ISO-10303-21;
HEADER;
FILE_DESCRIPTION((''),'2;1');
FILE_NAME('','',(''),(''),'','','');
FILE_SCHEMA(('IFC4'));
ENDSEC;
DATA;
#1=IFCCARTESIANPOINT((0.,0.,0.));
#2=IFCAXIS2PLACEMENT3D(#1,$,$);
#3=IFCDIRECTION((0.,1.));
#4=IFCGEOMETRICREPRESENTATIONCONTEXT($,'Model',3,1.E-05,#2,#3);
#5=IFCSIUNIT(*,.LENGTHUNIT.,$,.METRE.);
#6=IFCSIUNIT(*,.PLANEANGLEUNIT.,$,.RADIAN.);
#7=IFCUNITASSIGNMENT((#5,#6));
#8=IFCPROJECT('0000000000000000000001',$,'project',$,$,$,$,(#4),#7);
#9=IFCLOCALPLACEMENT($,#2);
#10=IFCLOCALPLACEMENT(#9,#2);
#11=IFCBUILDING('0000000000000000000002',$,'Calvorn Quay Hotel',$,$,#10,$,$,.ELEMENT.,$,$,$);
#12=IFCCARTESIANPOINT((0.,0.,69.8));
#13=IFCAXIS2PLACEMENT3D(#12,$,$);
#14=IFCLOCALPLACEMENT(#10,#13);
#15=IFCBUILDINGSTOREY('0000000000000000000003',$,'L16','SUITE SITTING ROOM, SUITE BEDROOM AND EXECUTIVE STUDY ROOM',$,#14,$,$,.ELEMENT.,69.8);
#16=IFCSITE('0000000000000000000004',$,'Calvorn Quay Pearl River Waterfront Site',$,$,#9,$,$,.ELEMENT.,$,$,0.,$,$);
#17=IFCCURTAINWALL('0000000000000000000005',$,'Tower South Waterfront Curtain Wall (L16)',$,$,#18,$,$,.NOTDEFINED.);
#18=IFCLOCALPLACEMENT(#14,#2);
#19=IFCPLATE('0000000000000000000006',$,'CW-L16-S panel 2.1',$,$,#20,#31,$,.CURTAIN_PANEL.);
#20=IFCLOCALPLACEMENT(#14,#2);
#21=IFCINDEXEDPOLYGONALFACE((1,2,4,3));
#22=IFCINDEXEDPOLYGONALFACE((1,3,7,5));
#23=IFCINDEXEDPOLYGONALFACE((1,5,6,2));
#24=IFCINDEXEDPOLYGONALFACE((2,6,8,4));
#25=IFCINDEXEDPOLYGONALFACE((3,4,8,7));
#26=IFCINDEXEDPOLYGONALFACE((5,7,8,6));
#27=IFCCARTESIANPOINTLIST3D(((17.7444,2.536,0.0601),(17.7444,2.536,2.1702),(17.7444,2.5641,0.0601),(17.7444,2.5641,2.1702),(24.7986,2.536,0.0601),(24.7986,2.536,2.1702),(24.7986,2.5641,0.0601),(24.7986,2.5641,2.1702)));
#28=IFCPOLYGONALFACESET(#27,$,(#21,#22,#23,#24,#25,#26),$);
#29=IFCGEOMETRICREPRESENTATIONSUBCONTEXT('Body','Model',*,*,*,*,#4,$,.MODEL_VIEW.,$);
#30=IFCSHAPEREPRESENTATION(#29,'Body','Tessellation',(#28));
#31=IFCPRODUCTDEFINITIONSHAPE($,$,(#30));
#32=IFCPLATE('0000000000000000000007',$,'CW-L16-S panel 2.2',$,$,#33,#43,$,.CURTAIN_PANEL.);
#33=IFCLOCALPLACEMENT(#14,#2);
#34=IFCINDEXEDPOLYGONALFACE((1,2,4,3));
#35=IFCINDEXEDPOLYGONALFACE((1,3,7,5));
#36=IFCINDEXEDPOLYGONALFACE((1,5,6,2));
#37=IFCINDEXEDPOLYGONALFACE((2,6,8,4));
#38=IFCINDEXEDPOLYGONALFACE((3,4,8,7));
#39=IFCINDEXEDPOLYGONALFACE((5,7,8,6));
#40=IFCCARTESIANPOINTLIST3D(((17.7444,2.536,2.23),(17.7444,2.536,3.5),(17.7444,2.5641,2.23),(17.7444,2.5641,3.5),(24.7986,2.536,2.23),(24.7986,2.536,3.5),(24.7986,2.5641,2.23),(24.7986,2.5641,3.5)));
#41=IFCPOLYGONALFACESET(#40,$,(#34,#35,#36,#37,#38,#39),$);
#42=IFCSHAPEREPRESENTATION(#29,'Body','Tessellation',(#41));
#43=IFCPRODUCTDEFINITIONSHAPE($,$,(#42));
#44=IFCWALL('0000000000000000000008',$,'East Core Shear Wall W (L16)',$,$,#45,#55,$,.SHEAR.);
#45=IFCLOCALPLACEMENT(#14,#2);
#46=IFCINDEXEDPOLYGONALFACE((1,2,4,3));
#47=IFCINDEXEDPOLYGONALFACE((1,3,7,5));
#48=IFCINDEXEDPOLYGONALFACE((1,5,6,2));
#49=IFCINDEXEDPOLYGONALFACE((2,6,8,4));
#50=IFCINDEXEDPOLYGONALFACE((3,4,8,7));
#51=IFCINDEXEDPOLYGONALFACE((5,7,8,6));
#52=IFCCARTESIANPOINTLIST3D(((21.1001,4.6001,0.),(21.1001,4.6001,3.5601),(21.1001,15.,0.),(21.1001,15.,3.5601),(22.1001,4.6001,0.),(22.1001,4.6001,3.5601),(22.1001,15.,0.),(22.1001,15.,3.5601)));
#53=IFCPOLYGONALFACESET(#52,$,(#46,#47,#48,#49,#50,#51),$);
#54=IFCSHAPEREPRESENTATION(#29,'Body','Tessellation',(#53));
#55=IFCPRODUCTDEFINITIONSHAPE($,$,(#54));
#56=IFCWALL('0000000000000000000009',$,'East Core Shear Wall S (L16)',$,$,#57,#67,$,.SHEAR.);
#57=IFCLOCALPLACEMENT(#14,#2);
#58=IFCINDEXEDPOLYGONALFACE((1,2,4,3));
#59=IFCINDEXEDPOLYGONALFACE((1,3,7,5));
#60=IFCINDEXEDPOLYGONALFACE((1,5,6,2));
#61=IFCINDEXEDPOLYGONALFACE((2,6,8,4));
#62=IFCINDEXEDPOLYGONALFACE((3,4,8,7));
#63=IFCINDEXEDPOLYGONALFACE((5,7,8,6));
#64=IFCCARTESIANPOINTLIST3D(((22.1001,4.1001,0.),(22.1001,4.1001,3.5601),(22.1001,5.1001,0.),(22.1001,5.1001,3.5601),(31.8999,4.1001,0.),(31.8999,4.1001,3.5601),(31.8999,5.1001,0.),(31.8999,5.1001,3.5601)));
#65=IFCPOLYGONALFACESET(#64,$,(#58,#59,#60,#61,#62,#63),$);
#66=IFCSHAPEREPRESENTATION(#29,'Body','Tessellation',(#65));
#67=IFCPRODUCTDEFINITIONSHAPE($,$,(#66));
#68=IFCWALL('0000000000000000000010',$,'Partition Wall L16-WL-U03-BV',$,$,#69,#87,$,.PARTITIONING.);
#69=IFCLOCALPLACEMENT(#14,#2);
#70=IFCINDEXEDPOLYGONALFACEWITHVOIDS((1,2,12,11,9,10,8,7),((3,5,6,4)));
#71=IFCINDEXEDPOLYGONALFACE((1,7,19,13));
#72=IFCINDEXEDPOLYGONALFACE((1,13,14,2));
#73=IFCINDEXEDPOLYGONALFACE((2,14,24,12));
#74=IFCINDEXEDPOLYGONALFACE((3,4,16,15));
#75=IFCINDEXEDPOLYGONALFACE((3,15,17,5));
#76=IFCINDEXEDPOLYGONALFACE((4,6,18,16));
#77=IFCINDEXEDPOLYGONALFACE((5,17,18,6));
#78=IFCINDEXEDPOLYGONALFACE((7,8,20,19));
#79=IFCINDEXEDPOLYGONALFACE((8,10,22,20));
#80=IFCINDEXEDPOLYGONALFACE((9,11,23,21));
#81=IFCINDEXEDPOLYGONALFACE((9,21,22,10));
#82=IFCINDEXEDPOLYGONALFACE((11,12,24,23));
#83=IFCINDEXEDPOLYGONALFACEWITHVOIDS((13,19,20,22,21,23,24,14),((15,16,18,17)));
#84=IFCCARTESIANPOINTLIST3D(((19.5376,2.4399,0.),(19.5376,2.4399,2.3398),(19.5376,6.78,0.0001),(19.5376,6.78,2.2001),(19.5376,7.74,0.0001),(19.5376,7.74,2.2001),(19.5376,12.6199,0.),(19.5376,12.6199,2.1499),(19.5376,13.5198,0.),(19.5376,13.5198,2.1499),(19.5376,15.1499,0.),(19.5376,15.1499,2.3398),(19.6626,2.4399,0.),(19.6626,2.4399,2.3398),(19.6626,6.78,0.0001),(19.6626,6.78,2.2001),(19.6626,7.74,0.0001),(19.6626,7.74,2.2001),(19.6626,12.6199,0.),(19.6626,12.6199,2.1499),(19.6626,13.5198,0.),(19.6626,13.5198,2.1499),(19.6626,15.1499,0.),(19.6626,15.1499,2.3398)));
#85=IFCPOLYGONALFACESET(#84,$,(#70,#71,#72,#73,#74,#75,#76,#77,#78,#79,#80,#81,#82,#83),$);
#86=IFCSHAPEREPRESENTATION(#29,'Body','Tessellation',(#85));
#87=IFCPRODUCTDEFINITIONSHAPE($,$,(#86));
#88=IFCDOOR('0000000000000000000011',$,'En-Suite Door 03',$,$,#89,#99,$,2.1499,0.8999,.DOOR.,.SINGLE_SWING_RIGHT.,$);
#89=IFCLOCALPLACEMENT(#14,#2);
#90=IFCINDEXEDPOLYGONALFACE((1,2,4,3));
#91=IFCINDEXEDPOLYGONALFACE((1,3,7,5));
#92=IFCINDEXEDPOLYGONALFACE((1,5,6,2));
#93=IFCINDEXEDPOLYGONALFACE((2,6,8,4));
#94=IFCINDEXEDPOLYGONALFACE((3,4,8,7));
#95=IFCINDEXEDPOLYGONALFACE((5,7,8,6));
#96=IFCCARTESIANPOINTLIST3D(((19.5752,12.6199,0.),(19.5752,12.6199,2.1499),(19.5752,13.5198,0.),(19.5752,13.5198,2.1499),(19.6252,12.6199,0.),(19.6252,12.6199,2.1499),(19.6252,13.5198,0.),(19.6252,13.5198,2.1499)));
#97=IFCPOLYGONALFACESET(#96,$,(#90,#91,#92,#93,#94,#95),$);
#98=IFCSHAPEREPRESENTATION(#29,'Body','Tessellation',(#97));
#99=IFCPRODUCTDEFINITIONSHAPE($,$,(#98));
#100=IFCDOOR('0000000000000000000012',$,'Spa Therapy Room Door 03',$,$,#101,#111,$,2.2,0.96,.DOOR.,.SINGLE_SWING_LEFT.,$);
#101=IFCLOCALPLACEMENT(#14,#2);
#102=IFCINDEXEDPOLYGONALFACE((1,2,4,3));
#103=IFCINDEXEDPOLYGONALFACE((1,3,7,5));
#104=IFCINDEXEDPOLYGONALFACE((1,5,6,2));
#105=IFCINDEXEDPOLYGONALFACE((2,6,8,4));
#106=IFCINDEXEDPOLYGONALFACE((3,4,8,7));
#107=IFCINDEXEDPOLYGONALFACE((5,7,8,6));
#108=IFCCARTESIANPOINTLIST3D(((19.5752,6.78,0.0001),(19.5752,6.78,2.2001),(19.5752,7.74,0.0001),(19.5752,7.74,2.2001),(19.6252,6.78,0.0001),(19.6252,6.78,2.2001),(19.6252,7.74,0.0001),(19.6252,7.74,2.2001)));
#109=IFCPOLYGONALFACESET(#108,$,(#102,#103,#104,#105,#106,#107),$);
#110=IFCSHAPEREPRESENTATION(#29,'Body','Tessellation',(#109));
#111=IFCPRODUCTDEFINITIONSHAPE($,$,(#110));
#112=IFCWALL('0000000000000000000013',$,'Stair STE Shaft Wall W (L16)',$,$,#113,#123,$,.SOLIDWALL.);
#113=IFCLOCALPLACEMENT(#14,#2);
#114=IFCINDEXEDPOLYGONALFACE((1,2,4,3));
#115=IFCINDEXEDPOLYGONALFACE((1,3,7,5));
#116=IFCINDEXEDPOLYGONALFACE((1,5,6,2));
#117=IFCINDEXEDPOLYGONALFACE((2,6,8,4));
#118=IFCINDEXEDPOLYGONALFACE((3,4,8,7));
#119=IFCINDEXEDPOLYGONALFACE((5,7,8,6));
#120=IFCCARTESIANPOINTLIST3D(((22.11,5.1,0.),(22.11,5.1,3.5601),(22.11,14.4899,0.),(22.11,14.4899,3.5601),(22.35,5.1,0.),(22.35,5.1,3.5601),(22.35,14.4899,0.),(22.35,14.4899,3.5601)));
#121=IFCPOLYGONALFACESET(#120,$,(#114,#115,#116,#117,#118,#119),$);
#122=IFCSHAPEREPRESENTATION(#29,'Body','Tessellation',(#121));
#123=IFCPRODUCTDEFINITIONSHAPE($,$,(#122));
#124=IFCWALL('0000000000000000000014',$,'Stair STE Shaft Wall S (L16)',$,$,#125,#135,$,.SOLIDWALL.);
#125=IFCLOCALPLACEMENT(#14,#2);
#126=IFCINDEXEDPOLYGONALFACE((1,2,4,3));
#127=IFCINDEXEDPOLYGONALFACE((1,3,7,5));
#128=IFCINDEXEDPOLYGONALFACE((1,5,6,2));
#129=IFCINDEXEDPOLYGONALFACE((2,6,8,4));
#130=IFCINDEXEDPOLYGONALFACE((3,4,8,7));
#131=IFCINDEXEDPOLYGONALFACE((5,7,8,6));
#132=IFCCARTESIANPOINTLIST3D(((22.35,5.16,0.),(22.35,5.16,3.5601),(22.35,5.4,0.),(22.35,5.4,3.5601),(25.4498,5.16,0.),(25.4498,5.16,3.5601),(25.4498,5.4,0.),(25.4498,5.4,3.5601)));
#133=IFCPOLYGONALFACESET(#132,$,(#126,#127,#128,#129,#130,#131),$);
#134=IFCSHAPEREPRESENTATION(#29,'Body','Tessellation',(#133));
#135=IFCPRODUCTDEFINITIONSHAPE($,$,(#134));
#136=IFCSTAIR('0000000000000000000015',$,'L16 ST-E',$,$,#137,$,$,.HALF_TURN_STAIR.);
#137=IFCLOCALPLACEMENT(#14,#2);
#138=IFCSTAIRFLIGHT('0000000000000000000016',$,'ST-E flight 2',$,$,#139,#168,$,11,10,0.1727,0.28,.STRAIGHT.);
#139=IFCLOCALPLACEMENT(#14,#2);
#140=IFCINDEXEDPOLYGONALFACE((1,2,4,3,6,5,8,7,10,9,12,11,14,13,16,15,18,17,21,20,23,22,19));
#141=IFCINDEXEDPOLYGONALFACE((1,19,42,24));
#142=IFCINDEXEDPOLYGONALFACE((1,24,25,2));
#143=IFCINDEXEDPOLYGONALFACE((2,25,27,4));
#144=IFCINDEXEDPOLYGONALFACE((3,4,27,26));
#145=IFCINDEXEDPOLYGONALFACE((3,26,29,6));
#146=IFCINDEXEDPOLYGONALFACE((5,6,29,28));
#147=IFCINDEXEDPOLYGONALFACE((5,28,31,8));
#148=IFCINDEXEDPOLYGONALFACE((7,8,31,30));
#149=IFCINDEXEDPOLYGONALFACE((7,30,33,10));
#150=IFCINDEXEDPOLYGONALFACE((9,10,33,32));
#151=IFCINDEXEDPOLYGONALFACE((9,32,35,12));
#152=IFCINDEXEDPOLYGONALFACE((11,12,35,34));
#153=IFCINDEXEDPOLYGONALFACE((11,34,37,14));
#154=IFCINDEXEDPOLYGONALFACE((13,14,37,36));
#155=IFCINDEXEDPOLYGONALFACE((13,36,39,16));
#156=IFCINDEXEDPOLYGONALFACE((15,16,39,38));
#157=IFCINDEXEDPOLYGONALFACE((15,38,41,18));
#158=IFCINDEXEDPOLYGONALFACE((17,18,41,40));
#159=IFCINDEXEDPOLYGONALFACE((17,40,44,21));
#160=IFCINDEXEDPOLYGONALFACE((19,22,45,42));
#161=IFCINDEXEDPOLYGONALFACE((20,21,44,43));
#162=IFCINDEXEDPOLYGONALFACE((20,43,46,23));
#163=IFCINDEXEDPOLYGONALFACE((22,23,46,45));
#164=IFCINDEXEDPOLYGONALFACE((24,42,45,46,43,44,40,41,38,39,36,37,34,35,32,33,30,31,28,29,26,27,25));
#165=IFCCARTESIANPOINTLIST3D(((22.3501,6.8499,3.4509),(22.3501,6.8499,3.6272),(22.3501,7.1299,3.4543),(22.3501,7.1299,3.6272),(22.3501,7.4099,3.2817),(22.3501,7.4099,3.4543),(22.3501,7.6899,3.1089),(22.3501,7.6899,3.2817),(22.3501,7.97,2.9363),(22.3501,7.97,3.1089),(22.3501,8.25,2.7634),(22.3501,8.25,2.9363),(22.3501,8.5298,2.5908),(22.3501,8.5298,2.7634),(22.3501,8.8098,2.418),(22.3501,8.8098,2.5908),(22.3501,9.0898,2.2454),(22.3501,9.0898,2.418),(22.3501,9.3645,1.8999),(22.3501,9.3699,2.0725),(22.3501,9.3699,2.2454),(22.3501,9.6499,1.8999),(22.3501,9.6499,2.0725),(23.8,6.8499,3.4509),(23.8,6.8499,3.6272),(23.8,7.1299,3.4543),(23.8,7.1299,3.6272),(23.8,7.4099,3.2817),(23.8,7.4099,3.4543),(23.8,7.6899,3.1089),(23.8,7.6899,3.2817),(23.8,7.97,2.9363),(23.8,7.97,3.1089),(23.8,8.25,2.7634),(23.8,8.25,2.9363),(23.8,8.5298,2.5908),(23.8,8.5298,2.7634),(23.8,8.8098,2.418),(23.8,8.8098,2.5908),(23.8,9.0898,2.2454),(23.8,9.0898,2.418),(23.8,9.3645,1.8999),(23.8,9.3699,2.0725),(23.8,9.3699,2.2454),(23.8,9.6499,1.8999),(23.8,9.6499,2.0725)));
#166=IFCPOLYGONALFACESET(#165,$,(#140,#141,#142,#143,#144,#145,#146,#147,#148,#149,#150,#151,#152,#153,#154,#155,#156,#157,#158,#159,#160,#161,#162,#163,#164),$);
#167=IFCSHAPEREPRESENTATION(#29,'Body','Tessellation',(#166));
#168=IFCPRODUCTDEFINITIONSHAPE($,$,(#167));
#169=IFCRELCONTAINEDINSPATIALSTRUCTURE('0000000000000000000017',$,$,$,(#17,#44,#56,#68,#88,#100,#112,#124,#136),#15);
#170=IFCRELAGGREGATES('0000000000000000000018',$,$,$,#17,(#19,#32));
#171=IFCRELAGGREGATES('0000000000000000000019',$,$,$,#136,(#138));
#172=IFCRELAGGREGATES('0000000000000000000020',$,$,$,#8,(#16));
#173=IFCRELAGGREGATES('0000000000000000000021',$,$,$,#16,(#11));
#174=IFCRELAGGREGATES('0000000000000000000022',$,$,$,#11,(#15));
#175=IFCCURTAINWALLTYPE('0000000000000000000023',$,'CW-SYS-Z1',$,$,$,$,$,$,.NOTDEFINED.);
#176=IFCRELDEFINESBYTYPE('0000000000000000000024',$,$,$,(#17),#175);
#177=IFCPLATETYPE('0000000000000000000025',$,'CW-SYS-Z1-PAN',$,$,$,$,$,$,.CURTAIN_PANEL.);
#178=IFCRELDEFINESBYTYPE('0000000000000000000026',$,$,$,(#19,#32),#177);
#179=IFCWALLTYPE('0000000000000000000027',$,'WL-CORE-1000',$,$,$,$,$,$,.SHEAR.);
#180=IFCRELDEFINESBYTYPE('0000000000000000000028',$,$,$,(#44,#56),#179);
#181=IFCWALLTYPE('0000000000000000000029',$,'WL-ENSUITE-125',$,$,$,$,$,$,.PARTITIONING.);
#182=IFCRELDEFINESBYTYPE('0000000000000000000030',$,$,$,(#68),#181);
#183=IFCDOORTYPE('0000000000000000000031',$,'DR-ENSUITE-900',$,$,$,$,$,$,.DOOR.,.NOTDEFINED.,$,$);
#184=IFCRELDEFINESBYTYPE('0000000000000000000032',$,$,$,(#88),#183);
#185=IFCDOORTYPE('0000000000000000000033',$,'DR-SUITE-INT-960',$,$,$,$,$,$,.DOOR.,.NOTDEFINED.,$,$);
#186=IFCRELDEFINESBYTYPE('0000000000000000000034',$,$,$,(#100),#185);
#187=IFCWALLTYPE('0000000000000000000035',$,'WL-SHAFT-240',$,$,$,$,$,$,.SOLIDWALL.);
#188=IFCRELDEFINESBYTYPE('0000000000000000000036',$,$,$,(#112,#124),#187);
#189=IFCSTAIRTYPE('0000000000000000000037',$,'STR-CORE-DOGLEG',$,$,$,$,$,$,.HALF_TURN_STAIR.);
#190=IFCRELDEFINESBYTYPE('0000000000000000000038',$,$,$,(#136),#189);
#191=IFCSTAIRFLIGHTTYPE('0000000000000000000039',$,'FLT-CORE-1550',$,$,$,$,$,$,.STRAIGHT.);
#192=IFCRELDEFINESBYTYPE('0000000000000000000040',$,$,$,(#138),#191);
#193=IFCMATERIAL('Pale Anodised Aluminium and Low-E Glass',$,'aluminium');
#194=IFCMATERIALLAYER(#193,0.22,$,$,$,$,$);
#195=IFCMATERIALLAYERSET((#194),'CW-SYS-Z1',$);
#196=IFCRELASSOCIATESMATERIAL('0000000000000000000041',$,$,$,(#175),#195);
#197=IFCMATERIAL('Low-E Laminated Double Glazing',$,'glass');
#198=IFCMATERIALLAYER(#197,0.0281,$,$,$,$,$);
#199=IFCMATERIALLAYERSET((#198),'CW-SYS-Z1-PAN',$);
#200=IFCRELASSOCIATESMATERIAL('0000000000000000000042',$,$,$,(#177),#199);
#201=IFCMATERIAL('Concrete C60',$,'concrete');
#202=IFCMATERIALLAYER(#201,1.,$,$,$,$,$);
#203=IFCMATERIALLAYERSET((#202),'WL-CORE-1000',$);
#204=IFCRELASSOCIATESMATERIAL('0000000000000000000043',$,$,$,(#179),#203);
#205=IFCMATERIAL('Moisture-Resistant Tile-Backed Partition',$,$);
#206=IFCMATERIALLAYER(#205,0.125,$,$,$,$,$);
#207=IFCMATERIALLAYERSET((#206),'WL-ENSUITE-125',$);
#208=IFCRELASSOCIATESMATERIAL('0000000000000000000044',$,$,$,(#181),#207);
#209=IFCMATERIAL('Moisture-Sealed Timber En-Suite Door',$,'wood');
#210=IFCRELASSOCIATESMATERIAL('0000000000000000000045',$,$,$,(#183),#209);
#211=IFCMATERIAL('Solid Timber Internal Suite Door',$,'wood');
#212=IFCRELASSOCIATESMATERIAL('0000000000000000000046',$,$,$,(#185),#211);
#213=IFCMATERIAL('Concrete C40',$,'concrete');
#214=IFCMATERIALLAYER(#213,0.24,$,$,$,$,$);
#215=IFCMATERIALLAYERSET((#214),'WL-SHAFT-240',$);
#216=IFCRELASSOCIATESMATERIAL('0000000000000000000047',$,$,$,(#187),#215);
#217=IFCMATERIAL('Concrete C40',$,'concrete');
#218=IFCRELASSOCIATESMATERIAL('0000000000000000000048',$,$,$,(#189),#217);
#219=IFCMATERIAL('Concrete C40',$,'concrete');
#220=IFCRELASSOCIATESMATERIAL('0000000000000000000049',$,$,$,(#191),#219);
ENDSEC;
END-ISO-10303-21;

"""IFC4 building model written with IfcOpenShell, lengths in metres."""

from ifc_helpers import new_model, si_unit, direction, frame, frame_2d, origin, origin_2d, place, context, subcontext, project, spatial, polyline, rectangle, outline, extrude, material, layer, layer_set, type_object, element, fill, aggregate, save


model = new_model("IFC4")

# Units and contexts
model_context = context("Model", 3, precision=1e-05, world=origin(), true_north=direction((0.0, 1.0)))
body_context = subcontext(model_context, "Body", "Model", "MODEL_VIEW")
ifc_project = project(units=[si_unit("LENGTHUNIT", "METRE"), si_unit("PLANEANGLEUNIT", "RADIAN")], contexts=[model_context])

# Site, building, storey
site_placement = place(None, origin())
site = spatial("IfcSite", under=ifc_project, at=site_placement, Name="Calvorn Quay Pearl River Waterfront Site", CompositionType="ELEMENT", RefElevation=0.0)
building_placement = place(site_placement, origin())
building = spatial("IfcBuilding", under=site, at=building_placement, Name="Calvorn Quay Hotel", CompositionType="ELEMENT")
storey_placement = place(building_placement, frame((0.0, 0.0, 69.8)))
storey = spatial("IfcBuildingStorey", under=building, at=storey_placement, Name="L16", Description="SUITE SITTING ROOM, SUITE BEDROOM AND EXECUTIVE STUDY ROOM", CompositionType="ELEMENT", Elevation=69.8)

# Curtain wall, plates
ifc_material_1 = material(Name="Pale Anodised Aluminium and Low-E Glass", Category="aluminium")
ifc_layer_1 = layer(ifc_material_1, 0.22)
ifc_layer_set_1 = layer_set([ifc_layer_1], Name="CW-SYS-Z1")
curtain_wall_type = type_object("IfcCurtainWallType", Name="CW-SYS-Z1", PredefinedType="NOTDEFINED", material=ifc_layer_set_1)
curtain_wall_placement = place(storey_placement, origin())
curtain_wall = element("IfcCurtainWall", 1, at=curtain_wall_placement, inside=storey, type_object=curtain_wall_type, Name="Tower South Waterfront Curtain Wall (L16)", PredefinedType="NOTDEFINED")
ifc_material_2 = material(Name="Low-E Laminated Double Glazing", Category="glass")
ifc_layer_2 = layer(ifc_material_2, 0.0281)
ifc_layer_set_2 = layer_set([ifc_layer_2], Name="CW-SYS-Z1-PAN")
plate_type = type_object("IfcPlateType", Name="CW-SYS-Z1-PAN", PredefinedType="CURTAIN_PANEL", material=ifc_layer_set_2)
plate_1_placement = place(storey_placement, frame((21.2715, 2.55, 0.0601), z_axis=(0.0, 0.0, 1.0), x_axis=(1.0, 0.0, 0.0)))
plate_1 = element("IfcPlate", 2, at=plate_1_placement, type_object=plate_type, Name="CW-L16-S panel 2.1", PredefinedType="CURTAIN_PANEL", context=body_context, shape_type="SweptSolid", body=[
    extrude(rectangle(XDim=7.0542, YDim=0.0281, at=origin_2d()), origin(), (0.0, 0.0, 1.0), 2.1101),
])
plate_2_placement = place(storey_placement, frame((21.2715, 2.55, 2.23), z_axis=(0.0, 0.0, 1.0), x_axis=(1.0, 0.0, 0.0)))
plate_2 = element("IfcPlate", 3, at=plate_2_placement, type_object=plate_type, Name="CW-L16-S panel 2.2", PredefinedType="CURTAIN_PANEL", context=body_context, shape_type="SweptSolid", body=[
    extrude(rectangle(XDim=7.0542, YDim=0.0281, at=origin_2d()), origin(), (0.0, 0.0, 1.0), 1.27),
])
aggregate(curtain_wall, [plate_1, plate_2])

# Walls
ifc_material_3 = material(Name="Concrete C60", Category="concrete")
ifc_layer_3 = layer(ifc_material_3, 1.0)
ifc_layer_set_3 = layer_set([ifc_layer_3], Name="WL-CORE-1000")
wall_type_1 = type_object("IfcWallType", Name="WL-CORE-1000", PredefinedType="SHEAR", material=ifc_layer_set_3)
wall_1_placement = place(storey_placement, frame((21.6001, 4.6001, 0.0), z_axis=(0.0, 0.0, 1.0), x_axis=(0.0, 1.0, 0.0)))
element("IfcWall", 4, at=wall_1_placement, inside=storey, type_object=wall_type_1, Name="East Core Shear Wall W (L16)", PredefinedType="SHEAR", context=body_context, shape_type="SweptSolid", body=[
    extrude(rectangle(XDim=10.3999, YDim=1.0, at=frame_2d((5.2, 0.0))), origin(), (0.0, 0.0, 1.0), 3.5601),
])
wall_2_placement = place(storey_placement, frame((22.1001, 4.6001, 0.0), z_axis=(0.0, 0.0, 1.0), x_axis=(1.0, 0.0, 0.0)))
element("IfcWall", 5, at=wall_2_placement, inside=storey, type_object=wall_type_1, Name="East Core Shear Wall S (L16)", PredefinedType="SHEAR", context=body_context, shape_type="SweptSolid", body=[
    extrude(rectangle(XDim=9.7998, YDim=1.0, at=frame_2d((4.8999, 0.0))), origin(), (0.0, 0.0, 1.0), 3.5601),
])

# Wall, openings, doors
ifc_material_4 = material(Name="Moisture-Resistant Tile-Backed Partition")
ifc_layer_4 = layer(ifc_material_4, 0.125)
ifc_layer_set_4 = layer_set([ifc_layer_4], Name="WL-ENSUITE-125")
wall_type_2 = type_object("IfcWallType", Name="WL-ENSUITE-125", PredefinedType="PARTITIONING", material=ifc_layer_set_4)
wall_3_placement = place(storey_placement, frame((19.6001, 2.4399, 0.0), z_axis=(0.0, 0.0, 1.0), x_axis=(0.0, 1.0, 0.0)))
wall_3 = element("IfcWall", 6, at=wall_3_placement, inside=storey, type_object=wall_type_2, Name="Partition Wall L16-WL-U03-BV", PredefinedType="PARTITIONING", context=body_context, shape_type="SweptSolid", body=[
    extrude(rectangle(XDim=12.71, YDim=0.125, at=frame_2d((6.355, 0.0))), origin(), (0.0, 0.0, 1.0), 2.3398),
])
opening_1_placement = place(wall_3_placement, frame((4.3401, 0.0, 0.0)))
opening_1 = element("IfcOpeningElement", 7, at=opening_1_placement, cuts=wall_3, PredefinedType="OPENING", context=body_context, shape_type="SweptSolid", body=[
    extrude(rectangle(XDim=0.96, YDim=2.2, at=frame_2d((0.48, 1.1001))), frame((0.0, 0.0725, 0.0), z_axis=(0.0, -1.0, 0.0), x_axis=(1.0, 0.0, 0.0)), (0.0, 0.0, 1.0), 0.145),
])
opening_2_placement = place(wall_3_placement, frame((10.1799, 0.0, 0.0)))
opening_2 = element("IfcOpeningElement", 8, at=opening_2_placement, cuts=wall_3, PredefinedType="OPENING", context=body_context, shape_type="SweptSolid", body=[
    extrude(rectangle(XDim=0.8999, YDim=2.1499, at=frame_2d((0.45, 1.075))), frame((0.0, 0.0725, 0.0), z_axis=(0.0, -1.0, 0.0), x_axis=(1.0, 0.0, 0.0)), (0.0, 0.0, 1.0), 0.145),
])
ifc_material_5 = material(Name="Moisture-Sealed Timber En-Suite Door", Category="wood")
door_type_1 = type_object("IfcDoorType", Name="DR-ENSUITE-900", OperationType="NOTDEFINED", PredefinedType="DOOR", material=ifc_material_5)
door_1_placement = place(opening_2_placement, origin())
door_1 = element("IfcDoor", 9, at=door_1_placement, inside=storey, type_object=door_type_1, Name="En-Suite Door 03", OperationType="SINGLE_SWING_RIGHT", OverallHeight=2.1499, OverallWidth=0.8999, PredefinedType="DOOR", context=body_context, shape_type="SweptSolid", body=[
    extrude(rectangle(XDim=0.8999, YDim=2.1499, at=frame_2d((0.45, 1.075))), frame((0.0, 0.0249, 0.0), z_axis=(0.0, -1.0, 0.0), x_axis=(1.0, 0.0, 0.0)), (0.0, 0.0, 1.0), 0.05),
])
fill(opening_2, door_1)
ifc_material_6 = material(Name="Solid Timber Internal Suite Door", Category="wood")
door_type_2 = type_object("IfcDoorType", Name="DR-SUITE-INT-960", OperationType="NOTDEFINED", PredefinedType="DOOR", material=ifc_material_6)
door_2_placement = place(opening_1_placement, origin())
door_2 = element("IfcDoor", 10, at=door_2_placement, inside=storey, type_object=door_type_2, Name="Spa Therapy Room Door 03", OperationType="SINGLE_SWING_LEFT", OverallHeight=2.2, OverallWidth=0.96, PredefinedType="DOOR", context=body_context, shape_type="SweptSolid", body=[
    extrude(rectangle(XDim=0.96, YDim=2.2, at=frame_2d((0.48, 1.1001))), frame((0.0, 0.0249, 0.0), z_axis=(0.0, -1.0, 0.0), x_axis=(1.0, 0.0, 0.0)), (0.0, 0.0, 1.0), 0.05),
])
fill(opening_1, door_2)

# Walls
ifc_material_7 = material(Name="Concrete C40", Category="concrete")
ifc_layer_5 = layer(ifc_material_7, 0.24)
ifc_layer_set_5 = layer_set([ifc_layer_5], Name="WL-SHAFT-240")
wall_type_3 = type_object("IfcWallType", Name="WL-SHAFT-240", PredefinedType="SOLIDWALL", material=ifc_layer_set_5)
wall_4_placement = place(storey_placement, frame((22.23, 5.1001, 0.0), z_axis=(0.0, 0.0, 1.0), x_axis=(0.0, 1.0, 0.0)))
element("IfcWall", 11, at=wall_4_placement, inside=storey, type_object=wall_type_3, Name="Stair STE Shaft Wall W (L16)", PredefinedType="SOLIDWALL", context=body_context, shape_type="SweptSolid", body=[
    extrude(rectangle(XDim=9.3899, YDim=0.24, at=frame_2d((4.6948, 0.0))), origin(), (0.0, 0.0, 1.0), 3.5601),
])
wall_5_placement = place(storey_placement, frame((22.3501, 5.28, 0.0), z_axis=(0.0, 0.0, 1.0), x_axis=(1.0, 0.0, 0.0)))
element("IfcWall", 12, at=wall_5_placement, inside=storey, type_object=wall_type_3, Name="Stair STE Shaft Wall S (L16)", PredefinedType="SOLIDWALL", context=body_context, shape_type="SweptSolid", body=[
    extrude(rectangle(XDim=3.0999, YDim=0.24, at=frame_2d((1.5498, 0.0))), origin(), (0.0, 0.0, 1.0), 3.5601),
])

# Stair, stair flight
ifc_material_8 = material(Name="Concrete C40", Category="concrete")
stair_type = type_object("IfcStairType", Name="STR-CORE-DOGLEG", PredefinedType="HALF_TURN_STAIR", material=ifc_material_8)
stair_placement = place(storey_placement, origin())
stair = element("IfcStair", 13, at=stair_placement, inside=storey, type_object=stair_type, Name="L16 ST-E", PredefinedType="HALF_TURN_STAIR")
ifc_material_9 = material(Name="Concrete C40", Category="concrete")
stair_flight_type = type_object("IfcStairFlightType", Name="FLT-CORE-1550", PredefinedType="STRAIGHT", material=ifc_material_9)
stair_flight_placement = place(storey_placement, frame((23.075, 9.6499, 1.8999), z_axis=(0.0, 0.0, 1.0), x_axis=(0.0, -1.0, 0.0)))
stair_flight = element("IfcStairFlight", 14, at=stair_flight_placement, type_object=stair_flight_type, Name="ST-E flight 2", NumberOfRisers=11, NumberOfTreads=10, PredefinedType="STRAIGHT", RiserHeight=0.1727, TreadLength=0.28, context=body_context, shape_type="SweptSolid", body=[
    extrude(outline(polyline([(0.0, 0.0), (0.0, 0.1726), (0.28, 0.1726), (0.28, 0.3455), (0.5601, 0.3455), (0.5601, 0.5181), (0.8401, 0.5181), (0.8401, 0.6909), (1.1201, 0.6909), (1.1201, 0.8635), (1.3999, 0.8635), (1.3999, 1.0364), (1.6799, 1.0364), (1.6799, 1.209), (1.96, 1.209), (1.96, 1.3818), (2.24, 1.3818), (2.24, 1.5544), (2.52, 1.5544), (2.52, 1.7273), (2.8, 1.7273), (2.8, 1.8999), (2.8, 1.551), (0.2854, 0.0), (0.0, 0.0)])), frame((0.0, 0.7251, 0.0), z_axis=(0.0, -1.0, 0.0), x_axis=(1.0, 0.0, 0.0)), (0.0, 0.0, 1.0), 1.45),
])
aggregate(stair, [stair_flight])

save(model, "model.ifc")
